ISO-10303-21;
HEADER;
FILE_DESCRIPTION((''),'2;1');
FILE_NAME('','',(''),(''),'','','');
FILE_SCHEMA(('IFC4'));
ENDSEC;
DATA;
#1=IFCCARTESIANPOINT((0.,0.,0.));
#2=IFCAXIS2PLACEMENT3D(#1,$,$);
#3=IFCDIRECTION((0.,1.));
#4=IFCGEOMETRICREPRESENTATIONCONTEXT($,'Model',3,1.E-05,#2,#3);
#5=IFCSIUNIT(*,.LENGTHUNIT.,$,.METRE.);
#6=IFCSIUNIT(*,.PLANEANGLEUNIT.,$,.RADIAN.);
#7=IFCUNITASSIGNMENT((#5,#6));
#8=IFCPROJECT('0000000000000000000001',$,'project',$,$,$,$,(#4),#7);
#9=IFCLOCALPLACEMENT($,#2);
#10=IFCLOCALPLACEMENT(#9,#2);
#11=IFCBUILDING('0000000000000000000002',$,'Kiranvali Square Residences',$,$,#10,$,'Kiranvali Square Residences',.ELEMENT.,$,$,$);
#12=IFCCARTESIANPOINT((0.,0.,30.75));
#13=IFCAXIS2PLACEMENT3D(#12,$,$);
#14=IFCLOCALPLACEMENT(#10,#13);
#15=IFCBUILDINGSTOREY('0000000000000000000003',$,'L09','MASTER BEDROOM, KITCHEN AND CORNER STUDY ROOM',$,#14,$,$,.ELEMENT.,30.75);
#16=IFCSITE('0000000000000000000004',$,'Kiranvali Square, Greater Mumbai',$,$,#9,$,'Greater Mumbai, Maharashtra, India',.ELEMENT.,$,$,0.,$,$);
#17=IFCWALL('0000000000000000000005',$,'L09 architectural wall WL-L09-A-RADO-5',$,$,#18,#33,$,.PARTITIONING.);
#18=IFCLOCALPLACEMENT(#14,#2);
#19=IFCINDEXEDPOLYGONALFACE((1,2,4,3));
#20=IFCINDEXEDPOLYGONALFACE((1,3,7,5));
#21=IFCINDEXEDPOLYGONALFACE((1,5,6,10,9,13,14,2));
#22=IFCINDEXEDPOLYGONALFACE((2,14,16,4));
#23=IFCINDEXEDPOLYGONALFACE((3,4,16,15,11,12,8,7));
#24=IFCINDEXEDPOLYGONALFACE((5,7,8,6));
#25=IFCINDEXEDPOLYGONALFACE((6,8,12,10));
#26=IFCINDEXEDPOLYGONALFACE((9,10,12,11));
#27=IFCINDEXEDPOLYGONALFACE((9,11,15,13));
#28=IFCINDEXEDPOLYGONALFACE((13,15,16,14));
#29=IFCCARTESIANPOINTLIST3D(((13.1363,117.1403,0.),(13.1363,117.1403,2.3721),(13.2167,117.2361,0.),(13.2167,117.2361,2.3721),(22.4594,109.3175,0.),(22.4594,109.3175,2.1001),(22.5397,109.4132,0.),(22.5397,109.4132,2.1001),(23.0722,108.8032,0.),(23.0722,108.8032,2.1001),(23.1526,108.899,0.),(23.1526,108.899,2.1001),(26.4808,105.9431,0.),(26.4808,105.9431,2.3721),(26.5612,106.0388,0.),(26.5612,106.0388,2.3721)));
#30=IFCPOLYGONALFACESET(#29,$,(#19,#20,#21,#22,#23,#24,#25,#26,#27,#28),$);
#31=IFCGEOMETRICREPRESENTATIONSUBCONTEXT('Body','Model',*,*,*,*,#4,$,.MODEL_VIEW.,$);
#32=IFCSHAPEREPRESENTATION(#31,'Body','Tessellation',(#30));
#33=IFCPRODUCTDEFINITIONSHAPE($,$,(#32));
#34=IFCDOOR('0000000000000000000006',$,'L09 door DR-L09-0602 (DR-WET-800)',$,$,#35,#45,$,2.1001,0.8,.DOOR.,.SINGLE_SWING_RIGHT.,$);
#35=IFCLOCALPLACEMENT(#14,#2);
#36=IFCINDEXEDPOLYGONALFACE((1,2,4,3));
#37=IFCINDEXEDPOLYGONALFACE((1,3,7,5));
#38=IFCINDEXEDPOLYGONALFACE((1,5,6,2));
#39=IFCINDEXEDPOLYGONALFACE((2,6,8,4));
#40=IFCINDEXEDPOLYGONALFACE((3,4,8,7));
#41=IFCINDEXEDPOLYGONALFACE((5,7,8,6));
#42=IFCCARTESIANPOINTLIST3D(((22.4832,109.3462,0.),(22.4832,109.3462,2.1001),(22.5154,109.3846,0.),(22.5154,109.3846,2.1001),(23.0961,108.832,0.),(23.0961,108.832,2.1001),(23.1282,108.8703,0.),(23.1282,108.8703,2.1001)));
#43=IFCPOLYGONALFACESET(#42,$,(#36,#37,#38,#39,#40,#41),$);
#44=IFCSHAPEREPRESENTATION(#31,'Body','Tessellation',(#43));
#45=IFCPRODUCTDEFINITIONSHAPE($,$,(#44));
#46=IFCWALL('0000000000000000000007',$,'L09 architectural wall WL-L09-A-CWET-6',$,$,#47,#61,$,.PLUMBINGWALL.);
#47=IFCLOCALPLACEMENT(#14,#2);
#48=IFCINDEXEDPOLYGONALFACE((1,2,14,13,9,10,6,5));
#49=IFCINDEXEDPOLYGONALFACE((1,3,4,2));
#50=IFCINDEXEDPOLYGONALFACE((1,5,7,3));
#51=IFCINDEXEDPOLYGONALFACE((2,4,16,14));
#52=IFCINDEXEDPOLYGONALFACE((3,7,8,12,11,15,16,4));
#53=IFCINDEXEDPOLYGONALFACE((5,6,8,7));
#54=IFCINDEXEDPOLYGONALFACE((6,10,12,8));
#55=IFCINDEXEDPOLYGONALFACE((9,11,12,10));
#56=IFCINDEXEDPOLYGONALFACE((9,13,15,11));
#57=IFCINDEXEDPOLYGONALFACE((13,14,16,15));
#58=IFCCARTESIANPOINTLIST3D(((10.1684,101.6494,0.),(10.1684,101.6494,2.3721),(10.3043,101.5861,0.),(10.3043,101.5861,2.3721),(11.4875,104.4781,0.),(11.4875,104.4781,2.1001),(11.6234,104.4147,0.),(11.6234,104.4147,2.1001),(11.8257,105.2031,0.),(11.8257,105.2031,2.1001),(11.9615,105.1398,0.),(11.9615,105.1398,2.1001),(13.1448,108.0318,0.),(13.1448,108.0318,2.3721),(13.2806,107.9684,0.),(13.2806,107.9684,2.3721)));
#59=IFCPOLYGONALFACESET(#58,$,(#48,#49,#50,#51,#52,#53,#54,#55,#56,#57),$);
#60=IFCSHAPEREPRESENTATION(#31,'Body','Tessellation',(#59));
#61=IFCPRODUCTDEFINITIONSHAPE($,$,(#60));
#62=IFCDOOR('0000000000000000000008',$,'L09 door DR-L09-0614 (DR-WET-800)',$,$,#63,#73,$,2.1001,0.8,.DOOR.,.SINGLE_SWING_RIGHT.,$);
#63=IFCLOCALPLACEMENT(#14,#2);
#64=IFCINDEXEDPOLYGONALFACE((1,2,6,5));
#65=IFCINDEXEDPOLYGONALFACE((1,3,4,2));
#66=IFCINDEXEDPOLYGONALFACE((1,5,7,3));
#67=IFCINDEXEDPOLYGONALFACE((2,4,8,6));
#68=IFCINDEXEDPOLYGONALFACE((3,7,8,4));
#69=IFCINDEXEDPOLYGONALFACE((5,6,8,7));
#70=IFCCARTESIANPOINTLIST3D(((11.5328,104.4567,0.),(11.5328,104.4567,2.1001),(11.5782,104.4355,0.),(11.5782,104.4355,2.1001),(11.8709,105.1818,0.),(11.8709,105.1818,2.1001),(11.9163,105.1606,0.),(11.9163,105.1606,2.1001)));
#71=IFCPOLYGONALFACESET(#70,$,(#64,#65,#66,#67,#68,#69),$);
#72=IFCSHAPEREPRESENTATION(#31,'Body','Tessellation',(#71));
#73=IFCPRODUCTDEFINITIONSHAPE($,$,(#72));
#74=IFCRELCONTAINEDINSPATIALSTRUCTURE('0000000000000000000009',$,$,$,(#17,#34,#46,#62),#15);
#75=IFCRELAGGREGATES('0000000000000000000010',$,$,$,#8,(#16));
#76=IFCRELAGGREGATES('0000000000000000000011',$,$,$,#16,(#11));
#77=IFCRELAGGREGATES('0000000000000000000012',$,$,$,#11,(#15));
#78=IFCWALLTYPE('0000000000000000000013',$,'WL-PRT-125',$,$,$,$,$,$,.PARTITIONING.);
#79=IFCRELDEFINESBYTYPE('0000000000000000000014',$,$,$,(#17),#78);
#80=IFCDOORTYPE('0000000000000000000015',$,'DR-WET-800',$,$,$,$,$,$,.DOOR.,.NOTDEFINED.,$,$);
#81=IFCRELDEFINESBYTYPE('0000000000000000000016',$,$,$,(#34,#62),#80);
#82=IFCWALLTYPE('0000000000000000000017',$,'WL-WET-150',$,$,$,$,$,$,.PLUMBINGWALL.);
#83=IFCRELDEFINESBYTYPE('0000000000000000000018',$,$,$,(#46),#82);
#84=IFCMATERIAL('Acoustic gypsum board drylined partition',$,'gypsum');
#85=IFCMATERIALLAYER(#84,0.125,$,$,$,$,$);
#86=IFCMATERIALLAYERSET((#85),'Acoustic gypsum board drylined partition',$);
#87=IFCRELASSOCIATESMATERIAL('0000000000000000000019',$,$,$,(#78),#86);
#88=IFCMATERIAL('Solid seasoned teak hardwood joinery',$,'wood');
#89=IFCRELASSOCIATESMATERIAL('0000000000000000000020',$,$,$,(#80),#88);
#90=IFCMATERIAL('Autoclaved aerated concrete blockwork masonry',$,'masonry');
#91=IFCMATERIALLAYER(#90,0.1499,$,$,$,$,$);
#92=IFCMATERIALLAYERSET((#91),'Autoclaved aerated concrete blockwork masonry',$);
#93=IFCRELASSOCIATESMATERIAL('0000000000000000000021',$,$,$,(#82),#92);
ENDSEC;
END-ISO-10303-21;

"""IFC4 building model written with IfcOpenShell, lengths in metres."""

from ifc_helpers import new_model, si_unit, direction, frame, frame_2d, origin, place, context, subcontext, project, spatial, rectangle, extrude, material, layer, layer_set, type_object, element, fill, save


model = new_model("IFC4")

# Units and contexts
model_context = context("Model", 3, precision=1e-05, world=origin(), true_north=direction((0.0, 1.0)))
body_context = subcontext(model_context, "Body", "Model", "MODEL_VIEW")
ifc_project = project(units=[si_unit("LENGTHUNIT", "METRE"), si_unit("PLANEANGLEUNIT", "RADIAN")], contexts=[model_context])

# Site, building, storey
site_placement = place(None, origin())
site = spatial("IfcSite", under=ifc_project, at=site_placement, Name="Kiranvali Square, Greater Mumbai", LongName="Greater Mumbai, Maharashtra, India", CompositionType="ELEMENT", RefElevation=0.0)
building_placement = place(site_placement, origin())
building = spatial("IfcBuilding", under=site, at=building_placement, Name="Kiranvali Square Residences", LongName="Kiranvali Square Residences", CompositionType="ELEMENT")
storey_placement = place(building_placement, frame((0.0, 0.0, 30.75)))
storey = spatial("IfcBuildingStorey", under=building, at=storey_placement, Name="L09", Description="MASTER BEDROOM, KITCHEN AND CORNER STUDY ROOM", CompositionType="ELEMENT", Elevation=30.75)

# Shared definitions
ifc_material_1 = material(Name="Autoclaved aerated concrete blockwork masonry", Category="masonry")

# Walls, openings, doors
ifc_material_2 = material(Name="Acoustic gypsum board drylined partition", Category="gypsum")
ifc_layer_1 = layer(ifc_material_2, 0.125)
ifc_layer_set_1 = layer_set([ifc_layer_1], Name="Acoustic gypsum board drylined partition")
wall_type_1 = type_object("IfcWallType", Name="WL-PRT-125", PredefinedType="PARTITIONING", material=ifc_layer_set_1)
wall_1_placement = place(storey_placement, frame((26.521, 105.991, 0.0), z_axis=(0.0, 0.0, 1.0), x_axis=(-0.766047, 0.642785, 0.0)))
wall_1 = element("IfcWall", 1, at=wall_1_placement, inside=storey, type_object=wall_type_1, Name="L09 architectural wall WL-L09-A-RADO-5", PredefinedType="PARTITIONING", context=body_context, shape_type="SweptSolid", body=[
    extrude(rectangle(XDim=17.4199, YDim=0.125, at=frame_2d((8.71, 0.0))), origin(), (0.0, 0.0, 1.0), 2.3721),
])
opening_1_placement = place(wall_1_placement, frame((4.4497, 0.0, 0.0)))
opening_1 = element("IfcOpeningElement", 2, at=opening_1_placement, cuts=wall_1, PredefinedType="OPENING", context=body_context, shape_type="SweptSolid", body=[
    extrude(rectangle(XDim=0.8, YDim=2.1001, at=frame_2d((0.3999, 1.05))), frame((0.0, 0.0725, 0.0), z_axis=(0.0, -1.0, 0.0), x_axis=(1.0, 0.0, 0.0)), (0.0, 0.0, 1.0), 0.145),
])
ifc_material_3 = material(Name="Solid seasoned teak hardwood joinery", Category="wood")
door_type_1 = type_object("IfcDoorType", Name="DR-WET-800", OperationType="NOTDEFINED", PredefinedType="DOOR", material=ifc_material_3)
door_1_placement = place(opening_1_placement, frame((0.8, 0.0, 0.0), z_axis=(0.0, 0.0, 1.0), x_axis=(-1.0, 0.0, 0.0)))
door_1 = element("IfcDoor", 3, at=door_1_placement, inside=storey, type_object=door_type_1, Name="L09 door DR-L09-0602 (DR-WET-800)", OperationType="SINGLE_SWING_RIGHT", OverallHeight=2.1001, OverallWidth=0.8, PredefinedType="DOOR", context=body_context, shape_type="SweptSolid", body=[
    extrude(rectangle(XDim=0.8, YDim=2.1001, at=frame_2d((0.3999, 1.05))), frame((0.0, 0.0249, 0.0), z_axis=(0.0, -1.0, 0.0), x_axis=(1.0, 0.0, 0.0)), (0.0, 0.0, 1.0), 0.05),
])
fill(opening_1, door_1)
ifc_layer_2 = layer(ifc_material_1, 0.1499)
ifc_layer_set_2 = layer_set([ifc_layer_2], Name="Autoclaved aerated concrete blockwork masonry")
wall_type_2 = type_object("IfcWallType", Name="WL-WET-150", PredefinedType="PLUMBINGWALL", material=ifc_layer_set_2)
wall_2_placement = place(storey_placement, frame((13.2126, 108.0, 0.0), z_axis=(0.0, 0.0, 1.0), x_axis=(-0.422641, -0.906297, 0.0)))
wall_2 = element("IfcWall", 4, at=wall_2_placement, inside=storey, type_object=wall_type_2, Name="L09 architectural wall WL-L09-A-CWET-6", PredefinedType="PLUMBINGWALL", context=body_context, shape_type="SweptSolid", body=[
    extrude(rectangle(XDim=7.0422, YDim=0.1499, at=frame_2d((3.521, 0.0))), origin(), (0.0, 0.0, 1.0), 2.3721),
])
opening_2_placement = place(wall_2_placement, frame((3.1211, 0.0, 0.0)))
opening_2 = element("IfcOpeningElement", 5, at=opening_2_placement, cuts=wall_2, PredefinedType="OPENING", context=body_context, shape_type="SweptSolid", body=[
    extrude(rectangle(XDim=0.8, YDim=2.1001, at=frame_2d((0.3999, 1.05))), frame((0.0, 0.085, 0.0), z_axis=(0.0, -1.0, 0.0), x_axis=(1.0, 0.0, 0.0)), (0.0, 0.0, 1.0), 0.1699),
])
door_2_placement = place(opening_2_placement, frame((0.8, 0.0, 0.0), z_axis=(0.0, 0.0, 1.0), x_axis=(-1.0, 0.0, 0.0)))
door_2 = element("IfcDoor", 6, at=door_2_placement, inside=storey, type_object=door_type_1, Name="L09 door DR-L09-0614 (DR-WET-800)", OperationType="SINGLE_SWING_RIGHT", OverallHeight=2.1001, OverallWidth=0.8, PredefinedType="DOOR", context=body_context, shape_type="SweptSolid", body=[
    extrude(rectangle(XDim=0.8, YDim=2.1001, at=frame_2d((0.3999, 1.05))), frame((0.0, 0.0249, 0.0), z_axis=(0.0, -1.0, 0.0), x_axis=(1.0, 0.0, 0.0)), (0.0, 0.0, 1.0), 0.05),
])
fill(opening_2, door_2)

save(model, "model.ifc")
